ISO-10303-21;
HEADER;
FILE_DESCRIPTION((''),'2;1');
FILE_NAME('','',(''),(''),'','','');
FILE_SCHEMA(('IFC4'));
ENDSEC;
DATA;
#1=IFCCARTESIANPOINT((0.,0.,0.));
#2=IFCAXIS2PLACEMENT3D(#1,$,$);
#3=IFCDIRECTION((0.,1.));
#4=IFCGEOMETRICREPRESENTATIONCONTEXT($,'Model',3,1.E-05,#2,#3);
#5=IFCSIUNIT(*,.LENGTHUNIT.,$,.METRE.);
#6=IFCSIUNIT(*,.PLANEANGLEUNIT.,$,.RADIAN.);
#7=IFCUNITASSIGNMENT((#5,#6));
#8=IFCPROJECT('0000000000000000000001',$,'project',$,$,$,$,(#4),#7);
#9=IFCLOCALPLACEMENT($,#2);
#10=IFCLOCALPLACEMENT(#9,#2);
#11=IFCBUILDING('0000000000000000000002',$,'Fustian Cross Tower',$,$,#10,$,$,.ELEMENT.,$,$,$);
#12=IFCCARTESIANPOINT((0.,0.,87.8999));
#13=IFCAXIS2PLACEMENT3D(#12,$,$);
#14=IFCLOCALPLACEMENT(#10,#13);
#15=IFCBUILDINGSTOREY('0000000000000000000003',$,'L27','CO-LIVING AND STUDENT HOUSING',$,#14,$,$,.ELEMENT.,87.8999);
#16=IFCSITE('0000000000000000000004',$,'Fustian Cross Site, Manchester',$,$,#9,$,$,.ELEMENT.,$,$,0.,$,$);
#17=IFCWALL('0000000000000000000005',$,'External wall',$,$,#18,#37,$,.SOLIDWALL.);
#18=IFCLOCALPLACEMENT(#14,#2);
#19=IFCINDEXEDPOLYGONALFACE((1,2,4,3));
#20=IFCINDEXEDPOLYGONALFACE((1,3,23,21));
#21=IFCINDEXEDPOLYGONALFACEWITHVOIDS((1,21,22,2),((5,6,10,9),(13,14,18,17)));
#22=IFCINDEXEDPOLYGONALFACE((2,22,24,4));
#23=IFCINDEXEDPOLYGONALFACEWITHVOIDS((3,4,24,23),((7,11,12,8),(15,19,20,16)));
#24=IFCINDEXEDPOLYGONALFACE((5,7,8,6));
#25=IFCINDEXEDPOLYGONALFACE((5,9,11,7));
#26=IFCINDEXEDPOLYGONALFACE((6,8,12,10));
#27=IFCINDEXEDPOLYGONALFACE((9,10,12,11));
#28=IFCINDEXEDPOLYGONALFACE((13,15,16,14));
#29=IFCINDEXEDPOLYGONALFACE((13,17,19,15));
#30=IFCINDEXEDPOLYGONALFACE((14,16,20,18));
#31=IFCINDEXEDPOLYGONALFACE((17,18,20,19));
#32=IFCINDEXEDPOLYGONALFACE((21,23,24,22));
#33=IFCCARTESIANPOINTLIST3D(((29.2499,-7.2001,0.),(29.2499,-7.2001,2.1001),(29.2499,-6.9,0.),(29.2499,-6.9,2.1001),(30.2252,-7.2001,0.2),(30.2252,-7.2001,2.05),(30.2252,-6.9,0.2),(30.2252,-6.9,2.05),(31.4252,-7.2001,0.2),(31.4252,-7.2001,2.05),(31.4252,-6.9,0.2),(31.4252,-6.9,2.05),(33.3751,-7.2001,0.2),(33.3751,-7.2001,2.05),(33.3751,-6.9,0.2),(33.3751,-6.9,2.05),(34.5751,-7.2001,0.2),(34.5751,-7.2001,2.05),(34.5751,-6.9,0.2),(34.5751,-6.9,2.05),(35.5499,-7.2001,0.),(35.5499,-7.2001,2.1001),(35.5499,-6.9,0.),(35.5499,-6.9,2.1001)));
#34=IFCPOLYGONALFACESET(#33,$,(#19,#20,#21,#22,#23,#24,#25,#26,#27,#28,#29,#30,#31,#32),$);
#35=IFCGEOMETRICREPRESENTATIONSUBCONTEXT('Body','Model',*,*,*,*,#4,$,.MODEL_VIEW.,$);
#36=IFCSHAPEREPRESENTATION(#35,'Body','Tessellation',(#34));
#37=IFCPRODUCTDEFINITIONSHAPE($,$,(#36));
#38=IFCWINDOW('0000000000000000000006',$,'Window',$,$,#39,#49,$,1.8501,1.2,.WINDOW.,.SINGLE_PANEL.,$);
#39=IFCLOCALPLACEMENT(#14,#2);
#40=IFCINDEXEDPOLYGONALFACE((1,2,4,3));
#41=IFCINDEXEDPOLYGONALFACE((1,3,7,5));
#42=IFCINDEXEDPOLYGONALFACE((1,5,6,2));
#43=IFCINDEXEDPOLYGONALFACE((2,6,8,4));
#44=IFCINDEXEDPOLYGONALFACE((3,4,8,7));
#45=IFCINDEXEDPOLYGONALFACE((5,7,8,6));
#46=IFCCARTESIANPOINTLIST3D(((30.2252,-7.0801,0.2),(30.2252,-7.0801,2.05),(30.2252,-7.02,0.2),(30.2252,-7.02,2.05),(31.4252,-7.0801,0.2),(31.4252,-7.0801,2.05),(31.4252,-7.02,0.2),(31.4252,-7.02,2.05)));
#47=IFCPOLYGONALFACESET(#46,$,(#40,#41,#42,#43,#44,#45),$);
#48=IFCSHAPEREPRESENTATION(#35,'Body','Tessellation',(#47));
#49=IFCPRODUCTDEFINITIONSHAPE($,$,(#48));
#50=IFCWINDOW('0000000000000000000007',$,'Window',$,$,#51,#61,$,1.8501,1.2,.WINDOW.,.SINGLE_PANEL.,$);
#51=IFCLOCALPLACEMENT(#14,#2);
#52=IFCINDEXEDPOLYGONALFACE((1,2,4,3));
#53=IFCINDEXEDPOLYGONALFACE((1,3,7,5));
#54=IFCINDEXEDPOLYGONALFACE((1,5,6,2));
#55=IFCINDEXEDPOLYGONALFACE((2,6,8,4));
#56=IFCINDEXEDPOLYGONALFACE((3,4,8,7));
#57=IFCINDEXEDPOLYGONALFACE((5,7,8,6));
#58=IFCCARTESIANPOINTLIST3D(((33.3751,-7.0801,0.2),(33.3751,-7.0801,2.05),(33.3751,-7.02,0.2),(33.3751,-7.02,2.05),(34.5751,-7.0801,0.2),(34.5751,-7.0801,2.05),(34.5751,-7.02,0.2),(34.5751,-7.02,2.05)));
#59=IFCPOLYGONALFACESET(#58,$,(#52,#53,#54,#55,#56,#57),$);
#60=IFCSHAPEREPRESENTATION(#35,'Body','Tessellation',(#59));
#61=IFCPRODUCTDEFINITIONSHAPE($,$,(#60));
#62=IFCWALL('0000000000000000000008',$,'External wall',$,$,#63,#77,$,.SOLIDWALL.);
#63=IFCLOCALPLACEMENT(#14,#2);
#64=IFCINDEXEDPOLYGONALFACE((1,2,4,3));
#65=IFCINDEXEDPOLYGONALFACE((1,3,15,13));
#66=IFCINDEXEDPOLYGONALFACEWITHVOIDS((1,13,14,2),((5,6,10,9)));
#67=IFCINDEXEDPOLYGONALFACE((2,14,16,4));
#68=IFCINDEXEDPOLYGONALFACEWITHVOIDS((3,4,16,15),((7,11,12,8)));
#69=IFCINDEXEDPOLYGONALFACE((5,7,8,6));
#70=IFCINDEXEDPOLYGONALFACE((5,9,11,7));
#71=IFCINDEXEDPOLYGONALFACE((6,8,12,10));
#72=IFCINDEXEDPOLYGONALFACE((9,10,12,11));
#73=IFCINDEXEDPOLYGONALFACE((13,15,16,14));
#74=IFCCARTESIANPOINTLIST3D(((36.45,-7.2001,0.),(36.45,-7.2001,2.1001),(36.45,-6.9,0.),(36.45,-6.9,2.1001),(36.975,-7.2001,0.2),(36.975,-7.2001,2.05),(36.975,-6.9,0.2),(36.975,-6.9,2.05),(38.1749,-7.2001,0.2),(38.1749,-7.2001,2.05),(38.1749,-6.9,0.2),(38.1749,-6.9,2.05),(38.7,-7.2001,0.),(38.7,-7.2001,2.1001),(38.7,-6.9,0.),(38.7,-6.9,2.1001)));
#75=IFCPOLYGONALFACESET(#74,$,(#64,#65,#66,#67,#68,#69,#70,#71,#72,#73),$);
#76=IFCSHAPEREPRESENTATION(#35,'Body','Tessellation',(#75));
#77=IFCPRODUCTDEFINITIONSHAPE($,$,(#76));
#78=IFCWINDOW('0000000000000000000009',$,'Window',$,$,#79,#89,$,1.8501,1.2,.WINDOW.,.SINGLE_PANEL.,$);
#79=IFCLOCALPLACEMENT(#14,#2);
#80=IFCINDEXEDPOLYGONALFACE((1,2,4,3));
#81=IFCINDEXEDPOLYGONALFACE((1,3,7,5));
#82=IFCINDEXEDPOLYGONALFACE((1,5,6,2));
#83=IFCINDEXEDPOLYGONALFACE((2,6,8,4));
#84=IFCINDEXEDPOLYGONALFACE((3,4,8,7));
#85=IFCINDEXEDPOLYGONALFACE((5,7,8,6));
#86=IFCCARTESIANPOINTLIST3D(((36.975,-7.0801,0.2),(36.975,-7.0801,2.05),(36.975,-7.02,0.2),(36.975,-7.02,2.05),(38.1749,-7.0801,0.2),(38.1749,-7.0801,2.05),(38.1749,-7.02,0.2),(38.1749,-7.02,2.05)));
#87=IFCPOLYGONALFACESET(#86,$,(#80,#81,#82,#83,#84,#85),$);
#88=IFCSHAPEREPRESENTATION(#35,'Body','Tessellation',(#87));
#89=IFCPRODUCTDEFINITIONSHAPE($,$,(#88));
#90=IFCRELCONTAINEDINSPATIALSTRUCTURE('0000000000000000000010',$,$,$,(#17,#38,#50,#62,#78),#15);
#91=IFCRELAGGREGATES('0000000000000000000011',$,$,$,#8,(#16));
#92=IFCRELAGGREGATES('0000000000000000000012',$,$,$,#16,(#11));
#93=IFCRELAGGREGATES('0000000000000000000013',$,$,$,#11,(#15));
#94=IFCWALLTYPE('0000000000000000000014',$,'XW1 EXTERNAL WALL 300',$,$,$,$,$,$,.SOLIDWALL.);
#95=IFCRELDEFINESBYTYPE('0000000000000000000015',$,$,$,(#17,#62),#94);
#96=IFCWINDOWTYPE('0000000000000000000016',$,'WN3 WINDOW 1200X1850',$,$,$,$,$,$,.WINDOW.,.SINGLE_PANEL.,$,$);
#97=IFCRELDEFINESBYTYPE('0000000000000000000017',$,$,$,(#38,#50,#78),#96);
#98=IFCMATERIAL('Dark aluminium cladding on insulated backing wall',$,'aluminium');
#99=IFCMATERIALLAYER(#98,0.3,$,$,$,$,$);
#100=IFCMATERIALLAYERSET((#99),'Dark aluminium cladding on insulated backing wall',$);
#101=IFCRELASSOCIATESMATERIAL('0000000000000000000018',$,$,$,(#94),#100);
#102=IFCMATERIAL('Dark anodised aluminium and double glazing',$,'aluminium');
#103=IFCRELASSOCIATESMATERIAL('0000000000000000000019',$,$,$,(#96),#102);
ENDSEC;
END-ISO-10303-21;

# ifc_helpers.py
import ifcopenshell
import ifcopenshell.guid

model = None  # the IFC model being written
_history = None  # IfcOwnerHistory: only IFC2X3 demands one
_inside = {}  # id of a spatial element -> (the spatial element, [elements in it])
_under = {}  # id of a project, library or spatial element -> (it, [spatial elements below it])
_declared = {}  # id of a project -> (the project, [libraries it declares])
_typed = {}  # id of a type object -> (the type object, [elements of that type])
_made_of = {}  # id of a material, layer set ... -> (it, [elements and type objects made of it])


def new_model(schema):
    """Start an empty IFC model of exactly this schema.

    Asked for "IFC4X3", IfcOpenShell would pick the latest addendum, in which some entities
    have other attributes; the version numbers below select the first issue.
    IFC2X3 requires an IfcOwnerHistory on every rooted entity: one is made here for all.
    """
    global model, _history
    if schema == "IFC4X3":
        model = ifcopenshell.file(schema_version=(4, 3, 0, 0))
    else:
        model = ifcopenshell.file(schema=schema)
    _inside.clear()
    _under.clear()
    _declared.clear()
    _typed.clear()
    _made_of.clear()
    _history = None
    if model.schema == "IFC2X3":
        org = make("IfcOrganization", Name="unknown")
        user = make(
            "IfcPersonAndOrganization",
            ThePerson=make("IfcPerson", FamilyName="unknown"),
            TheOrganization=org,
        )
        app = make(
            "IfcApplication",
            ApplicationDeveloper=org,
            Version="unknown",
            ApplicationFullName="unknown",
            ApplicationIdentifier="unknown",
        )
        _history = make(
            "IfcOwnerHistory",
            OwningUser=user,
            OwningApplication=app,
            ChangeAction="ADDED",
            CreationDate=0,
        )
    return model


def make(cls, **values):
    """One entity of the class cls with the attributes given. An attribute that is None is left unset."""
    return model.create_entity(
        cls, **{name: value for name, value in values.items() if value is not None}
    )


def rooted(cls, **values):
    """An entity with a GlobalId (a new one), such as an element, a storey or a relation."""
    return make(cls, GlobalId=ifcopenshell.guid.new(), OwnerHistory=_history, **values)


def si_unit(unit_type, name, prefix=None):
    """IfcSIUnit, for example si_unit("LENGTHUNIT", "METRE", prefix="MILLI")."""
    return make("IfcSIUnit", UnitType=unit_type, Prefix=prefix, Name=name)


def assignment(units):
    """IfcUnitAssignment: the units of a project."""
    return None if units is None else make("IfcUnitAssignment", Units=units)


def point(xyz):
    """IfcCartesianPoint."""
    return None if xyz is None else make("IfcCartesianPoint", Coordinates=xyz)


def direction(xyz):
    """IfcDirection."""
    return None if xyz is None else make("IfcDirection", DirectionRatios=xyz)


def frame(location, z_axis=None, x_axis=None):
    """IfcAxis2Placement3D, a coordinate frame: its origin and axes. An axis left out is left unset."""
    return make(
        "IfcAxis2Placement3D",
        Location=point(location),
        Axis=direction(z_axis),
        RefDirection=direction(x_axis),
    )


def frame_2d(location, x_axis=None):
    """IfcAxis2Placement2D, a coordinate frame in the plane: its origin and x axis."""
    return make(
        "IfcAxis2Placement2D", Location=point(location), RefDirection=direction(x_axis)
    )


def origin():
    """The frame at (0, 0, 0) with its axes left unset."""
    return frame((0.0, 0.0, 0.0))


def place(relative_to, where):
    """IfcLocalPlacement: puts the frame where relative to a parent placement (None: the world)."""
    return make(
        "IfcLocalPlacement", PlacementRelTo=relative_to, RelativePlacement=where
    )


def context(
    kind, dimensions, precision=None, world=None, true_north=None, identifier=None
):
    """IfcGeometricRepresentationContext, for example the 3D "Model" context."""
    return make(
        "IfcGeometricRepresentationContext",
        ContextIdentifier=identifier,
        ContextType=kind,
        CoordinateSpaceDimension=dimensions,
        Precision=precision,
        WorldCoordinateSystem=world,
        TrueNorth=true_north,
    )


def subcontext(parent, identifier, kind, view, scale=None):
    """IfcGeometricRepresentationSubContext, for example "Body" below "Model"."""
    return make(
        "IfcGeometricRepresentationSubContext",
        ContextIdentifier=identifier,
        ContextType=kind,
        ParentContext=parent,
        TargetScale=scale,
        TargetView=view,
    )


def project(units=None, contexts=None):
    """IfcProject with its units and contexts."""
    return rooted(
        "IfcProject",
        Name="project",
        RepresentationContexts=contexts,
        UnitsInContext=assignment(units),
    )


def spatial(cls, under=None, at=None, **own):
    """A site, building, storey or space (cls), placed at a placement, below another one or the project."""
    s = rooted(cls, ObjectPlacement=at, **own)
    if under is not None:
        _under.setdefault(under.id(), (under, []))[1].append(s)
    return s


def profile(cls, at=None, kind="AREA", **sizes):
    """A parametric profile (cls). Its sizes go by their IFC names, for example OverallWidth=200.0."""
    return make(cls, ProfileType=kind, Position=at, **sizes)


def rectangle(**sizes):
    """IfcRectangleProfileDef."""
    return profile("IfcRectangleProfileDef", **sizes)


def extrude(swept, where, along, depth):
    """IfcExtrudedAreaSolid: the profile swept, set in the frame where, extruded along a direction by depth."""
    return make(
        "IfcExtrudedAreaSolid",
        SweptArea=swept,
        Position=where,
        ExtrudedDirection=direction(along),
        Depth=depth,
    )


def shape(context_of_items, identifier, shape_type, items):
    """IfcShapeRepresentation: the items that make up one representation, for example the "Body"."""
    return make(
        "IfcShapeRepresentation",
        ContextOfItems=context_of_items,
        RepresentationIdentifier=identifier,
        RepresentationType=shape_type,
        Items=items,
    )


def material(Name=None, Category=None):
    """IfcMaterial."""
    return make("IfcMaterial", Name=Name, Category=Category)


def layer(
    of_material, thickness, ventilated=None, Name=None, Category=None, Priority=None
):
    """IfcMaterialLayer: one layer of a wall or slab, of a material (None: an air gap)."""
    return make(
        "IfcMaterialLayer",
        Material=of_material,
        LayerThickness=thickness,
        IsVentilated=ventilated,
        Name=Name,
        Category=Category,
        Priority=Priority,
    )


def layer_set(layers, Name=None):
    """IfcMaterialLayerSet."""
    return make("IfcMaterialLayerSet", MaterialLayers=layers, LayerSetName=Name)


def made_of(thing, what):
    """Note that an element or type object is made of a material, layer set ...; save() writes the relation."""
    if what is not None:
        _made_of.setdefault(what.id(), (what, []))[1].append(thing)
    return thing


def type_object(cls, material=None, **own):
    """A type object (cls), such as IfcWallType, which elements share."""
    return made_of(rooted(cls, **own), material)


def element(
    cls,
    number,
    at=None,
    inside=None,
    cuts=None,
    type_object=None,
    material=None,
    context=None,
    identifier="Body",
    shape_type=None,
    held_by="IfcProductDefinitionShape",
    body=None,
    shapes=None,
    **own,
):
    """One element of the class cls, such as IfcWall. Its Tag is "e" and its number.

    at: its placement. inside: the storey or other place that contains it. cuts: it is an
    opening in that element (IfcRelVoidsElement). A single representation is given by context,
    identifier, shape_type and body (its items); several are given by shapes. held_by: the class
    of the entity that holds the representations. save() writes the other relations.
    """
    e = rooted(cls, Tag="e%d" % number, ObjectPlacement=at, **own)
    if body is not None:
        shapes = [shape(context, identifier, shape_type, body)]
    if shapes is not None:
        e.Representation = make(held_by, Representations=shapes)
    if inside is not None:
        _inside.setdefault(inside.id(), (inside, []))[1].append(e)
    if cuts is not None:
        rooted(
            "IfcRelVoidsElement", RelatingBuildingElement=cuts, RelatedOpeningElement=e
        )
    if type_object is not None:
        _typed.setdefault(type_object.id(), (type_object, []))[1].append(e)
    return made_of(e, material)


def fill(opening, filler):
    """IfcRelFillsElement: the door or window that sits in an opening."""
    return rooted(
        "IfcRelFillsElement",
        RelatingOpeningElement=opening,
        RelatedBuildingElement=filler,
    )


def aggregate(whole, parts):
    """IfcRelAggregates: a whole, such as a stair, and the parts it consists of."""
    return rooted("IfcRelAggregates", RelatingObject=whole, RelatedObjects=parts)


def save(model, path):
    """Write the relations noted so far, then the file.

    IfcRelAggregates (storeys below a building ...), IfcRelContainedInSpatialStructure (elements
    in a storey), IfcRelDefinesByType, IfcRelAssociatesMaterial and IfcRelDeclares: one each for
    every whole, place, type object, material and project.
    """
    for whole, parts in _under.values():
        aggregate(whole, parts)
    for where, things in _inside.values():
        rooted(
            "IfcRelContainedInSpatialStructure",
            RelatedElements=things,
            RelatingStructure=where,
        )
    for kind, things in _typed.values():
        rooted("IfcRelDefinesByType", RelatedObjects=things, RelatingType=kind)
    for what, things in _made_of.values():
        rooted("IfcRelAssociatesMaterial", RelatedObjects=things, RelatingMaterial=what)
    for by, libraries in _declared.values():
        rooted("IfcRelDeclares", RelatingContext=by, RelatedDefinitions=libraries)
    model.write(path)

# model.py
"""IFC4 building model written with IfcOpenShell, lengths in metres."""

from ifc_helpers import new_model, si_unit, direction, frame, frame_2d, origin, place, context, subcontext, project, spatial, rectangle, extrude, material, layer, layer_set, type_object, element, fill, save


model = new_model("IFC4")

# Units and contexts
model_context = context("Model", 3, precision=1e-05, world=origin(), true_north=direction((0.0, 1.0)))
body_context = subcontext(model_context, "Body", "Model", "MODEL_VIEW")
ifc_project = project(units=[si_unit("LENGTHUNIT", "METRE"), si_unit("PLANEANGLEUNIT", "RADIAN")], contexts=[model_context])

# Site, building, storey
site_placement = place(None, origin())
site = spatial("IfcSite", under=ifc_project, at=site_placement, Name="Fustian Cross Site, Manchester", CompositionType="ELEMENT", RefElevation=0.0)
building_placement = place(site_placement, origin())
building = spatial("IfcBuilding", under=site, at=building_placement, Name="Fustian Cross Tower", CompositionType="ELEMENT")
storey_placement = place(building_placement, frame((0.0, 0.0, 87.8999)))
storey = spatial("IfcBuildingStorey", under=building, at=storey_placement, Name="L27", Description="CO-LIVING AND STUDENT HOUSING", CompositionType="ELEMENT", Elevation=87.8999)

# Shared definitions
ifc_material_1 = material(Name="Dark aluminium cladding on insulated backing wall", Category="aluminium")
ifc_layer_1 = layer(ifc_material_1, 0.3)
ifc_layer_set_1 = layer_set([ifc_layer_1], Name="Dark aluminium cladding on insulated backing wall")
wall_type_1 = type_object("IfcWallType", Name="XW1 EXTERNAL WALL 300", PredefinedType="SOLIDWALL", material=ifc_layer_set_1)
ifc_material_2 = material(Name="Dark anodised aluminium and double glazing", Category="aluminium")
window_type = type_object("IfcWindowType", Name="WN3 WINDOW 1200X1850", PartitioningType="SINGLE_PANEL", PredefinedType="WINDOW", material=ifc_material_2)

# Wall, openings, windows
wall_1_placement = place(storey_placement, frame((29.25, -7.05, 0.0), z_axis=(0.0, 0.0, 1.0), x_axis=(1.0, 0.0, 0.0)))
wall_1 = element("IfcWall", 1, at=wall_1_placement, inside=storey, type_object=wall_type_1, Name="External wall", PredefinedType="SOLIDWALL", context=body_context, shape_type="SweptSolid", body=[
    extrude(rectangle(XDim=6.3, YDim=0.3, at=frame_2d((3.1499, 0.0))), origin(), (0.0, 0.0, 1.0), 2.1001),
])
opening_1_placement = place(wall_1_placement, frame((0.9751, 0.0, 0.2)))
opening_1 = element("IfcOpeningElement", 2, at=opening_1_placement, cuts=wall_1, PredefinedType="OPENING", context=body_context, shape_type="SweptSolid", body=[
    extrude(rectangle(XDim=1.2, YDim=1.8501, at=frame_2d((0.6001, 0.925))), frame((0.0, 0.1599, 0.0), z_axis=(0.0, -1.0, 0.0), x_axis=(1.0, 0.0, 0.0)), (0.0, 0.0, 1.0), 0.3201),
])
opening_2_placement = place(wall_1_placement, frame((4.125, 0.0, 0.2)))
opening_2 = element("IfcOpeningElement", 3, at=opening_2_placement, cuts=wall_1, PredefinedType="OPENING", context=body_context, shape_type="SweptSolid", body=[
    extrude(rectangle(XDim=1.2, YDim=1.8501, at=frame_2d((0.6001, 0.925))), frame((0.0, 0.1599, 0.0), z_axis=(0.0, -1.0, 0.0), x_axis=(1.0, 0.0, 0.0)), (0.0, 0.0, 1.0), 0.3201),
])
window_1_placement = place(opening_1_placement, origin())
window_1 = element("IfcWindow", 4, at=window_1_placement, inside=storey, type_object=window_type, Name="Window", OverallHeight=1.8501, OverallWidth=1.2, PartitioningType="SINGLE_PANEL", PredefinedType="WINDOW", context=body_context, shape_type="SweptSolid", body=[
    extrude(rectangle(XDim=1.2, YDim=1.8501, at=frame_2d((0.6001, 0.925))), frame((0.0, 0.03, 0.0), z_axis=(0.0, -1.0, 0.0), x_axis=(1.0, 0.0, 0.0)), (0.0, 0.0, 1.0), 0.0601),
])
fill(opening_1, window_1)
window_2_placement = place(opening_2_placement, origin())
window_2 = element("IfcWindow", 5, at=window_2_placement, inside=storey, type_object=window_type, Name="Window", OverallHeight=1.8501, OverallWidth=1.2, PartitioningType="SINGLE_PANEL", PredefinedType="WINDOW", context=body_context, shape_type="SweptSolid", body=[
    extrude(rectangle(XDim=1.2, YDim=1.8501, at=frame_2d((0.6001, 0.925))), frame((0.0, 0.03, 0.0), z_axis=(0.0, -1.0, 0.0), x_axis=(1.0, 0.0, 0.0)), (0.0, 0.0, 1.0), 0.0601),
])
fill(opening_2, window_2)

# Wall, opening, window
wall_2_placement = place(storey_placement, frame((36.45, -7.05, 0.0), z_axis=(0.0, 0.0, 1.0), x_axis=(1.0, 0.0, 0.0)))
wall_2 = element("IfcWall", 6, at=wall_2_placement, inside=storey, type_object=wall_type_1, Name="External wall", PredefinedType="SOLIDWALL", context=body_context, shape_type="SweptSolid", body=[
    extrude(rectangle(XDim=2.25, YDim=0.3, at=frame_2d((1.125, 0.0))), origin(), (0.0, 0.0, 1.0), 2.1001),
])
opening_3_placement = place(wall_2_placement, frame((0.5249, 0.0, 0.2)))
opening_3 = element("IfcOpeningElement", 7, at=opening_3_placement, cuts=wall_2, PredefinedType="OPENING", context=body_context, shape_type="SweptSolid", body=[
    extrude(rectangle(XDim=1.2, YDim=1.8501, at=frame_2d((0.6001, 0.925))), frame((0.0, 0.1599, 0.0), z_axis=(0.0, -1.0, 0.0), x_axis=(1.0, 0.0, 0.0)), (0.0, 0.0, 1.0), 0.3201),
])
window_3_placement = place(opening_3_placement, origin())
window_3 = element("IfcWindow", 8, at=window_3_placement, inside=storey, type_object=window_type, Name="Window", OverallHeight=1.8501, OverallWidth=1.2, PartitioningType="SINGLE_PANEL", PredefinedType="WINDOW", context=body_context, shape_type="SweptSolid", body=[
    extrude(rectangle(XDim=1.2, YDim=1.8501, at=frame_2d((0.6001, 0.925))), frame((0.0, 0.03, 0.0), z_axis=(0.0, -1.0, 0.0), x_axis=(1.0, 0.0, 0.0)), (0.0, 0.0, 1.0), 0.0601),
])
fill(opening_3, window_3)

save(model, "model.ifc")
